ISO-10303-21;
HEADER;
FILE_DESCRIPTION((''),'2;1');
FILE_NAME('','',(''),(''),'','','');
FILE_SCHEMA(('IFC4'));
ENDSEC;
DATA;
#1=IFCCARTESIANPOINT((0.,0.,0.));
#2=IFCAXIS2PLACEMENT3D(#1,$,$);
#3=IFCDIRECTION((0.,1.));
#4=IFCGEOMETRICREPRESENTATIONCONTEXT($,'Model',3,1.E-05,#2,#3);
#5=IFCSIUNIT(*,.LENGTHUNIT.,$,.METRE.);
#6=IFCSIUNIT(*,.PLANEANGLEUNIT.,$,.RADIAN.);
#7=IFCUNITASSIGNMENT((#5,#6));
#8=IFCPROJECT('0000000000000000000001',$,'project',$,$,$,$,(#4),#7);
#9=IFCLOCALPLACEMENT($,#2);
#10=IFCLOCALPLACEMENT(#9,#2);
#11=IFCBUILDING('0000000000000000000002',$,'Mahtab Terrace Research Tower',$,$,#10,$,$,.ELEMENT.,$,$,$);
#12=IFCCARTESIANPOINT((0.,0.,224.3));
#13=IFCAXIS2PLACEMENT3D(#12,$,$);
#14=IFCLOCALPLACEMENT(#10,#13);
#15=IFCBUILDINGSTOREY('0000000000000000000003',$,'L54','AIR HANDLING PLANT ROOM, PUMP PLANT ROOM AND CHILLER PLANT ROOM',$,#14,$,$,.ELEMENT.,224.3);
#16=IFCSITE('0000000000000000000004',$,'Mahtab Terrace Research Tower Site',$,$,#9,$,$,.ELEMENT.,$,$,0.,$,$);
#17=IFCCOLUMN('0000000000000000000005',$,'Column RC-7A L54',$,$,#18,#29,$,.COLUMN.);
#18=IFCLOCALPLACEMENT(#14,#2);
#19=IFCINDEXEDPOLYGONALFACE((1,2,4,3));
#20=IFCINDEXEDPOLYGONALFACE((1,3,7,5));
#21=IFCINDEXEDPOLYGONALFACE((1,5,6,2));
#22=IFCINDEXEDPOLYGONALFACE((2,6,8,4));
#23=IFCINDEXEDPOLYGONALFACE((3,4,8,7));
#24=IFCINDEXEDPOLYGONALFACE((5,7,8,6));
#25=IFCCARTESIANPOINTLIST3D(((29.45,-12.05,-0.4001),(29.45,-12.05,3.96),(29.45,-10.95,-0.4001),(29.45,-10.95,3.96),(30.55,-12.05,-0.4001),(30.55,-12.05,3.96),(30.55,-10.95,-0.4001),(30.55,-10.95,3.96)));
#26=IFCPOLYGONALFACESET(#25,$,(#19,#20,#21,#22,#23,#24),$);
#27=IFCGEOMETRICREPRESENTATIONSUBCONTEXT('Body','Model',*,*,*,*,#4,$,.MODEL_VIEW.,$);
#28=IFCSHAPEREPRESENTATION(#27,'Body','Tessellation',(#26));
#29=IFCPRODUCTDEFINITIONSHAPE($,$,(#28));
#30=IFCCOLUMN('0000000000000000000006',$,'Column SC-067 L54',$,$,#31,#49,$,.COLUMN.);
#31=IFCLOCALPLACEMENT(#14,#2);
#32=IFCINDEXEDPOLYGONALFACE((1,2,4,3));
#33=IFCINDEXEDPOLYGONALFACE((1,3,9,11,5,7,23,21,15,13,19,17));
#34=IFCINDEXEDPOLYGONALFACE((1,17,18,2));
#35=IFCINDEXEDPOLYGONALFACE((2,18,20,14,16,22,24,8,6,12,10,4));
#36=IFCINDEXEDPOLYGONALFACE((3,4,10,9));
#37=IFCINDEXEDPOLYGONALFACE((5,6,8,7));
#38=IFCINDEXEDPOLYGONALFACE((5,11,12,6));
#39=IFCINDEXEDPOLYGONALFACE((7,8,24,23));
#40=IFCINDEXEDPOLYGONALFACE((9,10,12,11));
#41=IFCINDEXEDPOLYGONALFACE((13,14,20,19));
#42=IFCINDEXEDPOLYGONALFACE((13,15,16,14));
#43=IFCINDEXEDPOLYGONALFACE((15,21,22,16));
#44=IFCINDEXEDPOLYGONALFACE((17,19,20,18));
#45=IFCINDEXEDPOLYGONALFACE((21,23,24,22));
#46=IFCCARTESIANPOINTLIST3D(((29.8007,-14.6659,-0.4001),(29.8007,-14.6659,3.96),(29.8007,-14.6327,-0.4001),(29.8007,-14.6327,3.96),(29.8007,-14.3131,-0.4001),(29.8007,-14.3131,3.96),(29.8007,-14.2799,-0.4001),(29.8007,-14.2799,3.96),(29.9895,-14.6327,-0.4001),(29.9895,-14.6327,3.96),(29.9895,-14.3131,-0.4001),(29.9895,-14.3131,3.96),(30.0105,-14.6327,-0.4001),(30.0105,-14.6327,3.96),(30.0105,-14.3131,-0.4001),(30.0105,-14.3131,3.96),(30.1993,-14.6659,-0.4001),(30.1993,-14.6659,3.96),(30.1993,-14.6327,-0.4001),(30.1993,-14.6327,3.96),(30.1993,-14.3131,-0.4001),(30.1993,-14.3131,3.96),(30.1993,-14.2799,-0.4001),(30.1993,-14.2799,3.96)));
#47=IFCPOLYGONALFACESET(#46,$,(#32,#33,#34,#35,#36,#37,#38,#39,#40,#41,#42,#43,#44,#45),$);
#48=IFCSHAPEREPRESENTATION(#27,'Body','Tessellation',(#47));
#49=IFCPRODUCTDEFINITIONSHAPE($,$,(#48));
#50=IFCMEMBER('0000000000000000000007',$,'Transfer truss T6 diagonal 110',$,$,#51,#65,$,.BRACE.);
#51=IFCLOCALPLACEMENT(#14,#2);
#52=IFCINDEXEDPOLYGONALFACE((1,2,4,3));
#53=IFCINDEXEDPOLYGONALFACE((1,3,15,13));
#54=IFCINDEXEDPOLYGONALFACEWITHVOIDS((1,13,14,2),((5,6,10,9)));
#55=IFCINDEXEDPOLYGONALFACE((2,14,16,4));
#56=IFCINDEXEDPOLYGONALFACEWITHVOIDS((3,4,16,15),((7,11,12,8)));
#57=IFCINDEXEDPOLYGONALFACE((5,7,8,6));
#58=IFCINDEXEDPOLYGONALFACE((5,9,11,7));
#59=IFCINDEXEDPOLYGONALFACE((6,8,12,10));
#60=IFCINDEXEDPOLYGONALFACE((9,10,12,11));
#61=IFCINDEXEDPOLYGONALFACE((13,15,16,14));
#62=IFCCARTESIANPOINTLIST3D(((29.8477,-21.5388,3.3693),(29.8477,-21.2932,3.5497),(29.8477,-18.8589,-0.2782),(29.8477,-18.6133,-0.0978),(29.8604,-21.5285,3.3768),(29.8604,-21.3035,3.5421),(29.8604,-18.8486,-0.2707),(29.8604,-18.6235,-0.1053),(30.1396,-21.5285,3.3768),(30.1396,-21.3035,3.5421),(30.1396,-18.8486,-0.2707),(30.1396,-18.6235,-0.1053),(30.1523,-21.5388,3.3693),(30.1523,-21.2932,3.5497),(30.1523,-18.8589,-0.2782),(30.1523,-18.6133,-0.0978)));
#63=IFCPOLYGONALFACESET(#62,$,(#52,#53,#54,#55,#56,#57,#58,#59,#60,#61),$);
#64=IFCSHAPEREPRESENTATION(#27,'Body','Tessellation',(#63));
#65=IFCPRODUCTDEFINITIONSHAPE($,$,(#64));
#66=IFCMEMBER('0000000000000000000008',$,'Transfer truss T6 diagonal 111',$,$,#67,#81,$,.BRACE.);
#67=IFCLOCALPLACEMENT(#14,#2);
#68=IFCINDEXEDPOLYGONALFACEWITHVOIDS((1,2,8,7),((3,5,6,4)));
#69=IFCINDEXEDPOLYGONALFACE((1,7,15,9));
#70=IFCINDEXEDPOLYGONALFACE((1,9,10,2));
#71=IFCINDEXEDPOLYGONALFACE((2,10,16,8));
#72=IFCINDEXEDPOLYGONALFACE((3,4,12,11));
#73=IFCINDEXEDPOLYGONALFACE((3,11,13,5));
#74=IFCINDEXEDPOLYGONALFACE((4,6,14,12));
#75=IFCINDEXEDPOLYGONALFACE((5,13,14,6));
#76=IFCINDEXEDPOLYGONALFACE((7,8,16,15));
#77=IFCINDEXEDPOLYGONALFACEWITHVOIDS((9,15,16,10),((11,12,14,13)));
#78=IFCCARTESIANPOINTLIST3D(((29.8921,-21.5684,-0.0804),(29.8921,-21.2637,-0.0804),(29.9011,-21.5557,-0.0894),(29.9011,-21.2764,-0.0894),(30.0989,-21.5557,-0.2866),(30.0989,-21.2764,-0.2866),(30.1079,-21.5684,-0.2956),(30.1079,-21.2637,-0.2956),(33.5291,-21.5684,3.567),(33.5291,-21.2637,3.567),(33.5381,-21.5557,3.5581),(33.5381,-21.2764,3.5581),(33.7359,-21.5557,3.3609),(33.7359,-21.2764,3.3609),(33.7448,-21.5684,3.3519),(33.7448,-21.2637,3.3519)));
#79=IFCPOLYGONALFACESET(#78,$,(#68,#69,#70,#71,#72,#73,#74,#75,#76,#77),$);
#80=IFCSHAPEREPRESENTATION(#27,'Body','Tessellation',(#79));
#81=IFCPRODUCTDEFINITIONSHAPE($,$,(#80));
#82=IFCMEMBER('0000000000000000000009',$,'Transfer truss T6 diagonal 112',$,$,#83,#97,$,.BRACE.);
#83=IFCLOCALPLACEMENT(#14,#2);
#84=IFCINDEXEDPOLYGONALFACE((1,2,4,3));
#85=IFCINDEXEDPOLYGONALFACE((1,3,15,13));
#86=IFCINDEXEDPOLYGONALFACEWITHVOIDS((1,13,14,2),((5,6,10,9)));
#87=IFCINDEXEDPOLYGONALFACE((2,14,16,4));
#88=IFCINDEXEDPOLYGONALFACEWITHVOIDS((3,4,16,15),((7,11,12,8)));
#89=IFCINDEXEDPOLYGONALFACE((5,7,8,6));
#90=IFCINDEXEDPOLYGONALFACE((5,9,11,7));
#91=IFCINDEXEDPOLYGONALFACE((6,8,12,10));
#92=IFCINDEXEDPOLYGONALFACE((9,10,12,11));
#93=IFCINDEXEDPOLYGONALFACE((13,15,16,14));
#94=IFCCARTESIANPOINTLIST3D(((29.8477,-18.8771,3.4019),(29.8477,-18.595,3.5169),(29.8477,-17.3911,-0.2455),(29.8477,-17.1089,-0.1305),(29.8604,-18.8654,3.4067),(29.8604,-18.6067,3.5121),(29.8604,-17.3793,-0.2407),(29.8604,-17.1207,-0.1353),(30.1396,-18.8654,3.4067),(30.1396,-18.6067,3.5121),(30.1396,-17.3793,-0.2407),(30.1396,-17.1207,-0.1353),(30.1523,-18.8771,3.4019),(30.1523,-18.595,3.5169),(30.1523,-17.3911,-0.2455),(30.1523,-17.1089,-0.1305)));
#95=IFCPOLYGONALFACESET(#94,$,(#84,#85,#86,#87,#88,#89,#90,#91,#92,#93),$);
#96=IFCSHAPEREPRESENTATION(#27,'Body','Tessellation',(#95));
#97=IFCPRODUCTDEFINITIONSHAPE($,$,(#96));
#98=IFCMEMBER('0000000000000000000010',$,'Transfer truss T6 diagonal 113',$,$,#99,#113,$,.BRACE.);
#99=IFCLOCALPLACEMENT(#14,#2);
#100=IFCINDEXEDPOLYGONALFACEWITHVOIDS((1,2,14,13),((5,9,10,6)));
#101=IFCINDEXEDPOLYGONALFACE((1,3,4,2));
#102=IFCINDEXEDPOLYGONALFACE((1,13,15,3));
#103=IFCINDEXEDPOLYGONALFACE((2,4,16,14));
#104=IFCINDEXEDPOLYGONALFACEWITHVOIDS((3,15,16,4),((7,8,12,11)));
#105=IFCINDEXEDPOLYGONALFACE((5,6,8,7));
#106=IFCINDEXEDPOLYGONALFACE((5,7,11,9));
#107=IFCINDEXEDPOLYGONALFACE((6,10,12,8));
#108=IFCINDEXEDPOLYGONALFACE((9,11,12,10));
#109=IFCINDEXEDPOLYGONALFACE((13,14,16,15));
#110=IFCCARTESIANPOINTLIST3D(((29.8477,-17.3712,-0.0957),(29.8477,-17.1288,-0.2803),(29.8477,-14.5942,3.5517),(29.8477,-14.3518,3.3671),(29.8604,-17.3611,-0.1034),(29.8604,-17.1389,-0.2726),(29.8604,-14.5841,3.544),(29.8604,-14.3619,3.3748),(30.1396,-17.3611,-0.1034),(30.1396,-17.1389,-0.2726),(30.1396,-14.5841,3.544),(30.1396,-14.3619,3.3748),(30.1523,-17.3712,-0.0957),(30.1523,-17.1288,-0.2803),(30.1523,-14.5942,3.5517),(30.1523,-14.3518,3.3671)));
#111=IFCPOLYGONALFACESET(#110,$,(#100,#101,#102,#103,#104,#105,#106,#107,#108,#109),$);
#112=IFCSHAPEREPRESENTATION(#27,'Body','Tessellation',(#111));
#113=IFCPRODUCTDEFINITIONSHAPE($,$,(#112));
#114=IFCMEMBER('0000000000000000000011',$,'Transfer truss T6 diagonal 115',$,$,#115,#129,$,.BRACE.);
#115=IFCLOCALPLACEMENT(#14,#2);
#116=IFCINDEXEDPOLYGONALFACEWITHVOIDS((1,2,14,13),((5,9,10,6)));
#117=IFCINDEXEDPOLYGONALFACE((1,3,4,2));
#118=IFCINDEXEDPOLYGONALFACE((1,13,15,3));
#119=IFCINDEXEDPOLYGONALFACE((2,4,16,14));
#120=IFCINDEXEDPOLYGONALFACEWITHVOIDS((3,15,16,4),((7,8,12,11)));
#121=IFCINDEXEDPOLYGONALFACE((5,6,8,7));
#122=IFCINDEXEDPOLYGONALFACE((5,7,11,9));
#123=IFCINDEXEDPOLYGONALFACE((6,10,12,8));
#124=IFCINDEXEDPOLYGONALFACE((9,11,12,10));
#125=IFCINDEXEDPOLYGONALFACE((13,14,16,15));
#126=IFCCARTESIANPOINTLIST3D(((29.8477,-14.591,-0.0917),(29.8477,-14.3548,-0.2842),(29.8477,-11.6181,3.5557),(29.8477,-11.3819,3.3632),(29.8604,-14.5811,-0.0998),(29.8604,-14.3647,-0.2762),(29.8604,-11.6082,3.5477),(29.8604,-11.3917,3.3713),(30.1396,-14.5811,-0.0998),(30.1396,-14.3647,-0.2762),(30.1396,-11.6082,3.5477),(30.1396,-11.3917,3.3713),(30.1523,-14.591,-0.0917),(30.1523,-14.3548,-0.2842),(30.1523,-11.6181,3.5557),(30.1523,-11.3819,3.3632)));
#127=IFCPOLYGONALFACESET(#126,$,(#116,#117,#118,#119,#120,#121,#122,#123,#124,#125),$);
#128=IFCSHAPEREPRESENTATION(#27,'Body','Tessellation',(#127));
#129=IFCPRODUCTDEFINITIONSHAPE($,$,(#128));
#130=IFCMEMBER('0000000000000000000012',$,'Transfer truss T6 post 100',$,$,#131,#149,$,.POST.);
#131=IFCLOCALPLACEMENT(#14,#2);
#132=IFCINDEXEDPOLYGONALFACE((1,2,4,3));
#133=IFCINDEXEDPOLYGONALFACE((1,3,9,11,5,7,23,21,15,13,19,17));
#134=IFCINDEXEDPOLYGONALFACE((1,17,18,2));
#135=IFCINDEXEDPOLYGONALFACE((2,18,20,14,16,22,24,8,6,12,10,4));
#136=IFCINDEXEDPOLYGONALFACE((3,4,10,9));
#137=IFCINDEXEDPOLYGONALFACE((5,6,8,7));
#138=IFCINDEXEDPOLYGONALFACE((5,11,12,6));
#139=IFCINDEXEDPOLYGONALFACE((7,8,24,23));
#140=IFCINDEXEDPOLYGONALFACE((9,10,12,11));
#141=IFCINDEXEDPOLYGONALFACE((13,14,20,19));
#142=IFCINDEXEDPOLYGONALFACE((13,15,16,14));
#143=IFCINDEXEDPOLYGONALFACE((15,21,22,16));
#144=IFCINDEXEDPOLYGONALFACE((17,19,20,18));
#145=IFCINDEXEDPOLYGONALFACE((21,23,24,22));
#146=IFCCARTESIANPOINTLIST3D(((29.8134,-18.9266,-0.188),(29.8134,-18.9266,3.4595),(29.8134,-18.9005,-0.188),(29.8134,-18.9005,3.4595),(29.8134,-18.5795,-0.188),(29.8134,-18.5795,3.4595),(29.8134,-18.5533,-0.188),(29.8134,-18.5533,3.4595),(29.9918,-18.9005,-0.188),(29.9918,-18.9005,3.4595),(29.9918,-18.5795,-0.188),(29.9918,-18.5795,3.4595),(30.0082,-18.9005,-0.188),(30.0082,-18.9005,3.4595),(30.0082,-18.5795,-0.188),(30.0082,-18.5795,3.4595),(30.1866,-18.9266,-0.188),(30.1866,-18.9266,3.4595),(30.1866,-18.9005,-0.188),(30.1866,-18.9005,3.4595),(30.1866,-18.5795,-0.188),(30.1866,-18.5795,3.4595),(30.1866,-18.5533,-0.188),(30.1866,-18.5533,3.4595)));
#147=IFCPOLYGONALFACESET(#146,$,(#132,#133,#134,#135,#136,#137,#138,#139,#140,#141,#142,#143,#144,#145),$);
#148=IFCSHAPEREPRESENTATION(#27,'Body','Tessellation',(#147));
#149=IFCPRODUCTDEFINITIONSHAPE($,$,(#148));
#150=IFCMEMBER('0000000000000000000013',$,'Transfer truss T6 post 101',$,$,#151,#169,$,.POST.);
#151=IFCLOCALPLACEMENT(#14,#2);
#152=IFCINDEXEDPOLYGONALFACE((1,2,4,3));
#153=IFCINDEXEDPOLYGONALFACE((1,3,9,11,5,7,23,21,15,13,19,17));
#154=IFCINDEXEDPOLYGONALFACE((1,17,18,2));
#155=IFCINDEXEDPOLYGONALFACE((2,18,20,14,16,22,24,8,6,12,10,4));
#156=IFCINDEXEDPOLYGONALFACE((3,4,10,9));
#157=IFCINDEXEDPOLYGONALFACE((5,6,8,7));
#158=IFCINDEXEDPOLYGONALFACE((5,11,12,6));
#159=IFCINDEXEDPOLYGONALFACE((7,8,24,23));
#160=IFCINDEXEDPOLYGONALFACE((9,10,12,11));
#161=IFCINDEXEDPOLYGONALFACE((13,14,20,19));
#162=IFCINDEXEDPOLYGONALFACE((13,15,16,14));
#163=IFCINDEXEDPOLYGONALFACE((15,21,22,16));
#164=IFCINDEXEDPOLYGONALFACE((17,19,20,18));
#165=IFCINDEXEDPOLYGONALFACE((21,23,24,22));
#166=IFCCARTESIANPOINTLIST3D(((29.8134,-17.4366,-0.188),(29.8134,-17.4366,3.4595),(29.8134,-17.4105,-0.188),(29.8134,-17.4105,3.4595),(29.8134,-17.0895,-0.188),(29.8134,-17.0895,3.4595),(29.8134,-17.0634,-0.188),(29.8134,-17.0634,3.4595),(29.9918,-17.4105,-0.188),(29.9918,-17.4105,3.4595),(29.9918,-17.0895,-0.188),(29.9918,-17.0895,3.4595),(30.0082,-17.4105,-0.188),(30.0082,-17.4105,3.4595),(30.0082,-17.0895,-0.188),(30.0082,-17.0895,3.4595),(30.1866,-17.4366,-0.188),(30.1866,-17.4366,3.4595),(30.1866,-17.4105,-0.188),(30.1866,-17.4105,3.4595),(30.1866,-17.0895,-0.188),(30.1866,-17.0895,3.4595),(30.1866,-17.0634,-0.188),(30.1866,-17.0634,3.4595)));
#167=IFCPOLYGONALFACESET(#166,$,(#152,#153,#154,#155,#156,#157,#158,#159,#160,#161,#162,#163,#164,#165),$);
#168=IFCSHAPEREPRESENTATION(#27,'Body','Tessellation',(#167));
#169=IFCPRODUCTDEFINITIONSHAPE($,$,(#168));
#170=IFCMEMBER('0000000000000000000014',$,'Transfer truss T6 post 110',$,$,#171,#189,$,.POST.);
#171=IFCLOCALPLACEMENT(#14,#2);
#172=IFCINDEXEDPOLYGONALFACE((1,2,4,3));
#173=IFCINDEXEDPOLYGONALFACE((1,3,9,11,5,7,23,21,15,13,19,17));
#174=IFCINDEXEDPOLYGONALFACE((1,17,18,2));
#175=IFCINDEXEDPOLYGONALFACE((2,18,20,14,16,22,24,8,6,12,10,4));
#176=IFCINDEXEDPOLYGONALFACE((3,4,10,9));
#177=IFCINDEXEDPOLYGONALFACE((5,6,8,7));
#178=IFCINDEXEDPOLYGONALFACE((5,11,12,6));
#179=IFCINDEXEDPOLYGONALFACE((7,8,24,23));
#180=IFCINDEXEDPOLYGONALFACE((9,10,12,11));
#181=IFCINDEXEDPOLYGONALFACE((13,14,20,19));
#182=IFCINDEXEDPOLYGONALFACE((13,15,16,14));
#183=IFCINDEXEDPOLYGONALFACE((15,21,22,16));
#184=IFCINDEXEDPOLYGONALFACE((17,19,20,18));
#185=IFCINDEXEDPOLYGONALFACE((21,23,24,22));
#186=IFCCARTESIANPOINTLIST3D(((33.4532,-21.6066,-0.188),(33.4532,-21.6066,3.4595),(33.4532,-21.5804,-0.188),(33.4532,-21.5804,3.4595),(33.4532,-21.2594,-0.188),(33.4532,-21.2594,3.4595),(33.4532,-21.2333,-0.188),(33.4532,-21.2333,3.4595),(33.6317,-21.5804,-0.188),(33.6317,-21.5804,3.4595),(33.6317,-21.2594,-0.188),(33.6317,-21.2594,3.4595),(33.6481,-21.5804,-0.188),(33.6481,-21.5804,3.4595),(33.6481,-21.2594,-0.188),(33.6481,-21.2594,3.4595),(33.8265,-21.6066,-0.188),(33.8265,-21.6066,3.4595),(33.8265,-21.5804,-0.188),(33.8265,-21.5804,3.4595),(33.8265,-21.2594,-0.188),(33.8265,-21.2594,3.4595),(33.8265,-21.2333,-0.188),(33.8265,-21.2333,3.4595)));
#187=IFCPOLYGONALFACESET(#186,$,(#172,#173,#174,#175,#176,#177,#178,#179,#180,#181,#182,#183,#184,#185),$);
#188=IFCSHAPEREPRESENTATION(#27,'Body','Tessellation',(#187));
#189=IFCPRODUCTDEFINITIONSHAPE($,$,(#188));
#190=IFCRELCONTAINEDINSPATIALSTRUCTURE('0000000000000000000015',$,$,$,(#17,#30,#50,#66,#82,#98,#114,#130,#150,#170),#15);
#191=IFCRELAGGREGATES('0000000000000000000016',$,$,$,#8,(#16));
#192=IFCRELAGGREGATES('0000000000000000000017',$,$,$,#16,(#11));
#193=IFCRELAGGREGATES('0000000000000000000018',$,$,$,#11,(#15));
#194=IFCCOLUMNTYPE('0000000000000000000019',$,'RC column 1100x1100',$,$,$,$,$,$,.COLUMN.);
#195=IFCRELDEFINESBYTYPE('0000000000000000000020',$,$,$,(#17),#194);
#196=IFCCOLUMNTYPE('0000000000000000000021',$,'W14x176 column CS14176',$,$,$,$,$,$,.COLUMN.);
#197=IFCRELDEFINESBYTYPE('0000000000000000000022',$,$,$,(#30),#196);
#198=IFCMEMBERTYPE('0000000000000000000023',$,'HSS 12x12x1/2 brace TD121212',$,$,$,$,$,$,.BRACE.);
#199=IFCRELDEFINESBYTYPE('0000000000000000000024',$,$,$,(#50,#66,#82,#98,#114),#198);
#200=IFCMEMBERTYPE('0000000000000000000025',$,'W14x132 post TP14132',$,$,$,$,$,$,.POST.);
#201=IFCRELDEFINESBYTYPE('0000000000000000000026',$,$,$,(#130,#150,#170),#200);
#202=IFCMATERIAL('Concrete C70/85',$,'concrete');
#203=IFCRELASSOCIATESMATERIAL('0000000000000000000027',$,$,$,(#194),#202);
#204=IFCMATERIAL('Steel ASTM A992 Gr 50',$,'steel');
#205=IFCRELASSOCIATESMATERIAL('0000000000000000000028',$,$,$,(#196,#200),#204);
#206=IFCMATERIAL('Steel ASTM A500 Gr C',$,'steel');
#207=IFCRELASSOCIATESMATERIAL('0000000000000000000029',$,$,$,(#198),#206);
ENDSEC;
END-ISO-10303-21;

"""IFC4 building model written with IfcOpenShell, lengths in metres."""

from ifc_helpers import new_model, si_unit, direction, frame, origin, origin_2d, place, context, subcontext, project, spatial, rectangle, hollow_rectangle, i_section, extrude, material, material_profile, profile_set, type_object, element, save


model = new_model("IFC4")

# Units and contexts
model_context = context("Model", 3, precision=1e-05, world=origin(), true_north=direction((0.0, 1.0)))
body_context = subcontext(model_context, "Body", "Model", "MODEL_VIEW")
ifc_project = project(units=[si_unit("LENGTHUNIT", "METRE"), si_unit("PLANEANGLEUNIT", "RADIAN")], contexts=[model_context])

# Site, building, storey
site_placement = place(None, origin())
site = spatial("IfcSite", under=ifc_project, at=site_placement, Name="Mahtab Terrace Research Tower Site", CompositionType="ELEMENT", RefElevation=0.0)
building_placement = place(site_placement, origin())
building = spatial("IfcBuilding", under=site, at=building_placement, Name="Mahtab Terrace Research Tower", CompositionType="ELEMENT")
storey_placement = place(building_placement, frame((0.0, 0.0, 224.3)))
storey = spatial("IfcBuildingStorey", under=building, at=storey_placement, Name="L54", Description="AIR HANDLING PLANT ROOM, PUMP PLANT ROOM AND CHILLER PLANT ROOM", CompositionType="ELEMENT", Elevation=224.3)

# Columns
ifc_material_1 = material(Name="Concrete C70/85", Category="concrete")
ifc_material_profile_1 = material_profile(ifc_material_1, rectangle(XDim=1.1001, YDim=1.1001, at=origin_2d()), Name="RC column 1100x1100")
ifc_profile_set_1 = profile_set([ifc_material_profile_1], Name="Concrete C70/85")
column_type_1 = type_object("IfcColumnType", Name="RC column 1100x1100", PredefinedType="COLUMN", material=ifc_profile_set_1)
column_1_placement = place(storey_placement, frame((30.0, -11.5, -0.4001), z_axis=(0.0, 0.0, 1.0), x_axis=(1.0, 0.0, 0.0)))
element("IfcColumn", 1, at=column_1_placement, inside=storey, type_object=column_type_1, Name="Column RC-7A L54", PredefinedType="COLUMN", context=body_context, shape_type="SweptSolid", body=[
    extrude(rectangle(XDim=1.1001, YDim=1.1001, at=origin_2d()), origin(), (0.0, 0.0, 1.0), 4.3601),
])
ifc_material_2 = material(Name="Steel ASTM A992 Gr 50", Category="steel")
ifc_material_profile_2 = material_profile(ifc_material_2, i_section(OverallWidth=0.3987, OverallDepth=0.386, WebThickness=0.021, FlangeThickness=0.0332, at=origin_2d()), Name="W14X176")
ifc_profile_set_2 = profile_set([ifc_material_profile_2], Name="Steel ASTM A992 Gr 50")
column_type_2 = type_object("IfcColumnType", Name="W14x176 column CS14176", PredefinedType="COLUMN", material=ifc_profile_set_2)
column_2_placement = place(storey_placement, frame((30.0, -14.4729, -0.4001), z_axis=(0.0, 0.0, 1.0), x_axis=(1.0, 0.0, 0.0)))
element("IfcColumn", 2, at=column_2_placement, inside=storey, type_object=column_type_2, Name="Column SC-067 L54", PredefinedType="COLUMN", context=body_context, shape_type="SweptSolid", body=[
    extrude(i_section(OverallWidth=0.3987, OverallDepth=0.386, WebThickness=0.021, FlangeThickness=0.0332, at=origin_2d()), origin(), (0.0, 0.0, 1.0), 4.3601),
])

# Members
ifc_material_3 = material(Name="Steel ASTM A500 Gr C", Category="steel")
ifc_material_profile_3 = material_profile(ifc_material_3, hollow_rectangle(XDim=0.3047, YDim=0.3047, WallThickness=0.0127, at=origin_2d()), Name="HSS12X12X1/2")
ifc_profile_set_3 = profile_set([ifc_material_profile_3], Name="Steel ASTM A500 Gr C")
member_type_1 = type_object("IfcMemberType", Name="HSS 12x12x1/2 brace TD121212", PredefinedType="BRACE", material=ifc_profile_set_3)
member_1_placement = place(storey_placement, frame((30.0, -18.7361, -0.188), z_axis=(0.0, -0.5921, 0.805864), x_axis=(1.0, 0.0, 0.0)))
element("IfcMember", 3, at=member_1_placement, inside=storey, type_object=member_type_1, Name="Transfer truss T6 diagonal 110", PredefinedType="BRACE", context=body_context, shape_type="SweptSolid", body=[
    extrude(hollow_rectangle(XDim=0.3047, YDim=0.3047, WallThickness=0.0127, at=origin_2d()), origin(), (0.0, 0.0, 1.0), 4.5261),
])
member_2_placement = place(storey_placement, frame((30.0, -21.416, -0.188), z_axis=(0.706087, 0.0, 0.708125), x_axis=(0.0, 1.0, 0.0)))
element("IfcMember", 4, at=member_2_placement, inside=storey, type_object=member_type_1, Name="Transfer truss T6 diagonal 111", PredefinedType="BRACE", context=body_context, shape_type="SweptSolid", body=[
    extrude(hollow_rectangle(XDim=0.3047, YDim=0.3047, WallThickness=0.0127, at=origin_2d()), origin(), (0.0, 0.0, 1.0), 5.1509),
])
member_3_placement = place(storey_placement, frame((30.0, -17.25, -0.188), z_axis=(0.0, -0.377315, 0.926085), x_axis=(1.0, 0.0, 0.0)))
element("IfcMember", 5, at=member_3_placement, inside=storey, type_object=member_type_1, Name="Transfer truss T6 diagonal 112", PredefinedType="BRACE", context=body_context, shape_type="SweptSolid", body=[
    extrude(hollow_rectangle(XDim=0.3047, YDim=0.3047, WallThickness=0.0127, at=origin_2d()), origin(), (0.0, 0.0, 1.0), 3.9385),
])
member_4_placement = place(storey_placement, frame((30.0, -17.25, -0.188), z_axis=(0.0, 0.605778, 0.795633), x_axis=(-1.0, 0.0, 0.0)))
element("IfcMember", 6, at=member_4_placement, inside=storey, type_object=member_type_1, Name="Transfer truss T6 diagonal 113", PredefinedType="BRACE", context=body_context, shape_type="SweptSolid", body=[
    extrude(hollow_rectangle(XDim=0.3047, YDim=0.3047, WallThickness=0.0127, at=origin_2d()), origin(), (0.0, 0.0, 1.0), 4.5842),
])
member_5_placement = place(storey_placement, frame((30.0, -14.4729, -0.188), z_axis=(0.0, 0.631787, 0.775142), x_axis=(-1.0, 0.0, 0.0)))
element("IfcMember", 7, at=member_5_placement, inside=storey, type_object=member_type_1, Name="Transfer truss T6 diagonal 115", PredefinedType="BRACE", context=body_context, shape_type="SweptSolid", body=[
    extrude(hollow_rectangle(XDim=0.3047, YDim=0.3047, WallThickness=0.0127, at=origin_2d()), origin(), (0.0, 0.0, 1.0), 4.7056),
])
ifc_material_profile_4 = material_profile(ifc_material_2, i_section(OverallWidth=0.3733, OverallDepth=0.3733, WebThickness=0.0164, FlangeThickness=0.0261, at=origin_2d()), Name="W14X132")
ifc_profile_set_4 = profile_set([ifc_material_profile_4], Name="Steel ASTM A992 Gr 50")
member_type_2 = type_object("IfcMemberType", Name="W14x132 post TP14132", PredefinedType="POST", material=ifc_profile_set_4)
for number, where, z_axis, x_axis, name in (
    (8, (30.0, -18.74, -0.188), (0.0, 0.0, 1.0), (1.0, 0.0, 0.0), "Transfer truss T6 post 100"),
    (9, (30.0, -17.25, -0.188), (0.0, 0.0, 1.0), (1.0, 0.0, 0.0), "Transfer truss T6 post 101"),
    (10, (33.6399, -21.4199, -0.188), (0.0, 0.0, 1.0), (1.0, 0.0, 0.0), "Transfer truss T6 post 110"),
):
    element("IfcMember", number, at=place(storey_placement, frame(where, z_axis=z_axis, x_axis=x_axis)), inside=storey, type_object=member_type_2, Name=name, PredefinedType="POST", context=body_context, shape_type="SweptSolid", body=[
        extrude(i_section(OverallWidth=0.3733, OverallDepth=0.3733, WebThickness=0.0164, FlangeThickness=0.0261, at=origin_2d()), origin(), (0.0, 0.0, 1.0), 3.6475),
    ])

save(model, "model.ifc")
